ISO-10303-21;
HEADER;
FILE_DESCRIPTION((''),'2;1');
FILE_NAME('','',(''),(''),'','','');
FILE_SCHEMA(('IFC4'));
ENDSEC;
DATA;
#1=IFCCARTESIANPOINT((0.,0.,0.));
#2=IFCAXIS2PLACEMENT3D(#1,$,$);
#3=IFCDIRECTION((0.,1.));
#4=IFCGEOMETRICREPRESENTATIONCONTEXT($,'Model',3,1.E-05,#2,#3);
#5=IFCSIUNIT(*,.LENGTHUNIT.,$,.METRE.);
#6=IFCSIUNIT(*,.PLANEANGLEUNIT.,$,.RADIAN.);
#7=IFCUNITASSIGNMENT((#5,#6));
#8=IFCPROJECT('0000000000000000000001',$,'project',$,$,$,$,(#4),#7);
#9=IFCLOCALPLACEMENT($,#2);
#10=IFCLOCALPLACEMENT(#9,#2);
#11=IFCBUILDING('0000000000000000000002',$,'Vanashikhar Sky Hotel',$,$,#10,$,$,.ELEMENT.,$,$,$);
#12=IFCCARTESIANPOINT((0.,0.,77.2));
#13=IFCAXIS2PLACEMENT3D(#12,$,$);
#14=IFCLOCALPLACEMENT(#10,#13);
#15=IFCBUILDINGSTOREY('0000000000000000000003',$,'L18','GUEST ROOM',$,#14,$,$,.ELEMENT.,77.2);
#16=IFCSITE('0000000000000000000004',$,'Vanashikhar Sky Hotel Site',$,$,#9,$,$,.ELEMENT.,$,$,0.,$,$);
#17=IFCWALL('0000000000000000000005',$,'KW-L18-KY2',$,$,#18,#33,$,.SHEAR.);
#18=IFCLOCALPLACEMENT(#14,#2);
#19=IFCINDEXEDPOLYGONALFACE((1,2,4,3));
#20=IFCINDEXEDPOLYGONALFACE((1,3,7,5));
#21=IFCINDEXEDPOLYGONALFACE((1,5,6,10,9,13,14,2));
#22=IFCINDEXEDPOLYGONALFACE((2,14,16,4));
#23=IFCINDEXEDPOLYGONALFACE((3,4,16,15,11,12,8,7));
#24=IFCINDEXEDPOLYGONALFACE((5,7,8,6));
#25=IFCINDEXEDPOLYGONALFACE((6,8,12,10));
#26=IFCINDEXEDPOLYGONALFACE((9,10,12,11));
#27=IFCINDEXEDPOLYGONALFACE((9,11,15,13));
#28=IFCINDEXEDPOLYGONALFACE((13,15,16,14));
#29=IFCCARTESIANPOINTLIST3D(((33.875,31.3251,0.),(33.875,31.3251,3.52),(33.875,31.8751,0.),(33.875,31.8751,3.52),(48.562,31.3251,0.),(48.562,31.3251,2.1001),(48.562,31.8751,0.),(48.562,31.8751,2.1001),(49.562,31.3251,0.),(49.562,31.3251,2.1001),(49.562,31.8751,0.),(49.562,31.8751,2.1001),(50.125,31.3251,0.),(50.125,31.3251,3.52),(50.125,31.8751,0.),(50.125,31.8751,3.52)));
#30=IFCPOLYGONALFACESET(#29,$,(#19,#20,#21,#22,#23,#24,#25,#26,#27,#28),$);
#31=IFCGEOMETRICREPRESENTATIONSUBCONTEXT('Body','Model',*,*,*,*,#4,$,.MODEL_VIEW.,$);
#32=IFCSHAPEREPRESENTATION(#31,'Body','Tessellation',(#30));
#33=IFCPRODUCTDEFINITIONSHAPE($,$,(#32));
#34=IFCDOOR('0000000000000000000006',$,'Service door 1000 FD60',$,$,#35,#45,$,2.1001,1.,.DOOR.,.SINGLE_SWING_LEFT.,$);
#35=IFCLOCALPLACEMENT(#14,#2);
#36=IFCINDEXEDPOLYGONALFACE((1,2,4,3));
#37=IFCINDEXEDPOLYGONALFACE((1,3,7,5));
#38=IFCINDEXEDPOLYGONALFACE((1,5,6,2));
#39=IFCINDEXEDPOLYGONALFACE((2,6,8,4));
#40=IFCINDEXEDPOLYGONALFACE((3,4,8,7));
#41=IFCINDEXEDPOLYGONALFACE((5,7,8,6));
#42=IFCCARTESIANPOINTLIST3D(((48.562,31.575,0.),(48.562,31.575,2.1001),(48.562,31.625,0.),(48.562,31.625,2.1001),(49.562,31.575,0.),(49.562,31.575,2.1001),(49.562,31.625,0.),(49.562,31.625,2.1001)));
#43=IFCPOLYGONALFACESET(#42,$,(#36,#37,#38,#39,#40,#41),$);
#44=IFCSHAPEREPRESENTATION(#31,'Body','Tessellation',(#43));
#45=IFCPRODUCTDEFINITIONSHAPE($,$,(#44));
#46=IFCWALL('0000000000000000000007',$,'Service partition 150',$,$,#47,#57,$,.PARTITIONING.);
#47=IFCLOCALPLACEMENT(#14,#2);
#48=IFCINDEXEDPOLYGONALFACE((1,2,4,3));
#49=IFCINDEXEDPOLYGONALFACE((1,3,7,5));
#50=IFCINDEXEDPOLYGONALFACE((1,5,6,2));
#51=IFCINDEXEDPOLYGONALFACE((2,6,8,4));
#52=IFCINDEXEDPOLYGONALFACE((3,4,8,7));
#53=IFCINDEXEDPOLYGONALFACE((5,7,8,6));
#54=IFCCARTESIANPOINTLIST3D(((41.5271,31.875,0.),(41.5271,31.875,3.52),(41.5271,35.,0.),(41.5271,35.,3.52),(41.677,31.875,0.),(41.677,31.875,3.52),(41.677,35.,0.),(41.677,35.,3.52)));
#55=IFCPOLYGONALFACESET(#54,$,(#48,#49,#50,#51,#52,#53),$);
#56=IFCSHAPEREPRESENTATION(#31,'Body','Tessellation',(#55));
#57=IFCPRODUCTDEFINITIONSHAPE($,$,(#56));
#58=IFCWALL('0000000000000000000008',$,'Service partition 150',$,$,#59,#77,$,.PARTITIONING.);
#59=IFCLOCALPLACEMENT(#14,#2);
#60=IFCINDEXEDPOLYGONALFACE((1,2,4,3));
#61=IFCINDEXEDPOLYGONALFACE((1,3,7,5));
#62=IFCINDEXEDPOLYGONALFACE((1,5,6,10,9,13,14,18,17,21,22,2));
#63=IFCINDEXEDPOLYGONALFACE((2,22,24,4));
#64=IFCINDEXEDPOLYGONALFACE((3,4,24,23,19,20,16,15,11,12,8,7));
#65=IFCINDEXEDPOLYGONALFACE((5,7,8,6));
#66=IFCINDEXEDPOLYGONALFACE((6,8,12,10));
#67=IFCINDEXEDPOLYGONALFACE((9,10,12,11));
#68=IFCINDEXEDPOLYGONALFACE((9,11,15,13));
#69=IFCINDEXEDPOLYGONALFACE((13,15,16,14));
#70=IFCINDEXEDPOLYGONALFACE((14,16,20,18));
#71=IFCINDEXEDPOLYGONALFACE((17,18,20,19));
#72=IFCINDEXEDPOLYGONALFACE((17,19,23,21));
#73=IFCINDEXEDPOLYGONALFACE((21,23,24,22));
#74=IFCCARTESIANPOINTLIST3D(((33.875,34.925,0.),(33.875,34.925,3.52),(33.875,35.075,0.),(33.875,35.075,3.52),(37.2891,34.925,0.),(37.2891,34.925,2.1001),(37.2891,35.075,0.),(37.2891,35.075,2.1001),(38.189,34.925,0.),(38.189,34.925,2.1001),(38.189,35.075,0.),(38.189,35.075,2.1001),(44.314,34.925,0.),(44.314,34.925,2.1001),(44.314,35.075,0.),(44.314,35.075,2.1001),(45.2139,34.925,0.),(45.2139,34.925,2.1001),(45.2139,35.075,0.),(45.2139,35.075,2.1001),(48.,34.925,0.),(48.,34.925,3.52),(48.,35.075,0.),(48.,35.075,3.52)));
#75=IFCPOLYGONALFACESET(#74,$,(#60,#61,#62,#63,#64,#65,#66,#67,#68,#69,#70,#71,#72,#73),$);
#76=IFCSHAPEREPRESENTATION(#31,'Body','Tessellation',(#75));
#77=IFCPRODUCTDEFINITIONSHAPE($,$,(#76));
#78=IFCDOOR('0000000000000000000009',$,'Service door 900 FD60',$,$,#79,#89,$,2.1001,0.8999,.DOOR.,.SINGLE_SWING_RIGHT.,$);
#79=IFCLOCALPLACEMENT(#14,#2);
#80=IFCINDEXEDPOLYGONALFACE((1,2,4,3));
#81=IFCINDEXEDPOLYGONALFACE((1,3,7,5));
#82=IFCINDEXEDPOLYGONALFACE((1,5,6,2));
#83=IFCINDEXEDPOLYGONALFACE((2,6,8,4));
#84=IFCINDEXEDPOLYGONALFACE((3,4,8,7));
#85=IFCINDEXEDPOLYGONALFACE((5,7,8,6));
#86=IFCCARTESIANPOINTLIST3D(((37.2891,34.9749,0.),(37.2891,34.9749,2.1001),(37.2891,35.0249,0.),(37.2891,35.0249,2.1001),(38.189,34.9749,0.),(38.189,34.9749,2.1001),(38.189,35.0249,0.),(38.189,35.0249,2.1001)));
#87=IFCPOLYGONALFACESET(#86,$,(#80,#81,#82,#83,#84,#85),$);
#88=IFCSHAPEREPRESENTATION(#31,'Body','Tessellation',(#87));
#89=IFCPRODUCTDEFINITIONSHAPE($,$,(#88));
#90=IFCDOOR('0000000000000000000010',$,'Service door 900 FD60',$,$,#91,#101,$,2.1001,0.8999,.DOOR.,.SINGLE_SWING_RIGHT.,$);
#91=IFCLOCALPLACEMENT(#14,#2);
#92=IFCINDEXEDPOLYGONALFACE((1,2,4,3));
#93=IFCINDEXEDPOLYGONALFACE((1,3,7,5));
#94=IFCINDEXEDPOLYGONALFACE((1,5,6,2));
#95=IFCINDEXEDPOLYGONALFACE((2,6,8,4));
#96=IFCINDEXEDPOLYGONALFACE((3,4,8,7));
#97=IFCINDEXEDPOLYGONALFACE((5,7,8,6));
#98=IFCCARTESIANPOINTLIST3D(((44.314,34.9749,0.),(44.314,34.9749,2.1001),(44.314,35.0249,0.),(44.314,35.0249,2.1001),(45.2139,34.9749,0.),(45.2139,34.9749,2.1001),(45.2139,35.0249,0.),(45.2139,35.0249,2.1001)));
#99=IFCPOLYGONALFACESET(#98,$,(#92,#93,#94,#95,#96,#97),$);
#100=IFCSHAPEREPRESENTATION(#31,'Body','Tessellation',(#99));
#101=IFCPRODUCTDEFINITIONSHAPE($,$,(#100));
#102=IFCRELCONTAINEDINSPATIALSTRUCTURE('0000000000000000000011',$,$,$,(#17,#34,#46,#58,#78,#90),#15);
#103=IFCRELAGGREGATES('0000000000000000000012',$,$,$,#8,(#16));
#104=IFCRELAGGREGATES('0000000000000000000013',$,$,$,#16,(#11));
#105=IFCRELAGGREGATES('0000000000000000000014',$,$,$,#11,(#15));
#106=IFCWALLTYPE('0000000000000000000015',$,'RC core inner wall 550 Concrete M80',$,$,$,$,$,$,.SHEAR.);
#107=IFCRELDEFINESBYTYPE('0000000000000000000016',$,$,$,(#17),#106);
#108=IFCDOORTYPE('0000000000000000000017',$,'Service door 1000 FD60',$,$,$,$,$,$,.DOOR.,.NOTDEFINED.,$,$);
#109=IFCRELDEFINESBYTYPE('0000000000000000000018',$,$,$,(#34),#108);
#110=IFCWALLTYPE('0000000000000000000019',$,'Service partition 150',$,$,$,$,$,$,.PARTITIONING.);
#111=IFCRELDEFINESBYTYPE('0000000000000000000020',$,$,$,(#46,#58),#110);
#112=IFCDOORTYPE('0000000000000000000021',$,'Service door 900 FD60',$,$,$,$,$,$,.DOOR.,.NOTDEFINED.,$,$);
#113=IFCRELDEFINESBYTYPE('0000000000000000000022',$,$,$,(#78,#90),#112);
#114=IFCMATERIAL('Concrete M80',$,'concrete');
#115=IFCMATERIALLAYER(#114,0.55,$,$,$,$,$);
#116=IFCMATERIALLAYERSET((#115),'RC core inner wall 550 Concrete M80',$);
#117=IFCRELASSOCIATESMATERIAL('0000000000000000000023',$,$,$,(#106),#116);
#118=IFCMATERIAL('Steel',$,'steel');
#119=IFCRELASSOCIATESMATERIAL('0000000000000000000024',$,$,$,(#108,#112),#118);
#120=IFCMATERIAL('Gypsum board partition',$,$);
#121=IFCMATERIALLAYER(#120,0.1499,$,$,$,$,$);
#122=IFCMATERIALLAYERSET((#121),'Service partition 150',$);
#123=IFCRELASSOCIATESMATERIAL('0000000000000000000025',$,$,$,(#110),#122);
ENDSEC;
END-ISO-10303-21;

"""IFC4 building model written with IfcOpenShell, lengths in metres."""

from ifc_helpers import new_model, si_unit, direction, frame, frame_2d, origin, place, context, subcontext, project, spatial, rectangle, extrude, source, transform, mapped, material, layer, layer_set, type_object, element, fill, save


model = new_model("IFC4")

# Units and contexts
model_context = context("Model", 3, precision=1e-05, world=origin(), true_north=direction((0.0, 1.0)))
body_context = subcontext(model_context, "Body", "Model", "MODEL_VIEW")
ifc_project = project(units=[si_unit("LENGTHUNIT", "METRE"), si_unit("PLANEANGLEUNIT", "RADIAN")], contexts=[model_context])

# Site, building, storey
site_placement = place(None, origin())
site = spatial("IfcSite", under=ifc_project, at=site_placement, Name="Vanashikhar Sky Hotel Site", CompositionType="ELEMENT", RefElevation=0.0)
building_placement = place(site_placement, origin())
building = spatial("IfcBuilding", under=site, at=building_placement, Name="Vanashikhar Sky Hotel", CompositionType="ELEMENT")
storey_placement = place(building_placement, frame((0.0, 0.0, 77.2)))
storey = spatial("IfcBuildingStorey", under=building, at=storey_placement, Name="L18", Description="GUEST ROOM", CompositionType="ELEMENT", Elevation=77.2)

# Wall, opening, door
ifc_material_1 = material(Name="Concrete M80", Category="concrete")
ifc_layer_1 = layer(ifc_material_1, 0.55)
ifc_layer_set_1 = layer_set([ifc_layer_1], Name="RC core inner wall 550 Concrete M80")
wall_type_1 = type_object("IfcWallType", Name="RC core inner wall 550 Concrete M80", PredefinedType="SHEAR", material=ifc_layer_set_1)
shared_shape_1 = source(origin(), body_context, "Body", "SweptSolid", [
    extrude(rectangle(XDim=16.25, YDim=0.55, at=frame_2d((8.125, 0.0))), origin(), (0.0, 0.0, 1.0), 3.52),
])
wall_1_placement = place(storey_placement, frame((33.875, 31.6001, 0.0), z_axis=(0.0, 0.0, 1.0), x_axis=(1.0, 0.0, 0.0)))
wall_1 = element("IfcWall", 1, at=wall_1_placement, inside=storey, type_object=wall_type_1, Name="KW-L18-KY2", PredefinedType="SHEAR", context=body_context, shape_type="MappedRepresentation", body=[
    mapped(shared_shape_1, transform((0.0, 0.0, 0.0), scale=1.0)),
])
shared_shape_2 = source(origin(), body_context, "Body", "SweptSolid", [
    extrude(rectangle(XDim=1.0, YDim=2.1001, at=frame_2d((0.5, 1.05))), frame((0.0, 0.2852, 0.0), z_axis=(0.0, -1.0, 0.0), x_axis=(1.0, 0.0, 0.0)), (0.0, 0.0, 1.0), 0.5701),
])
opening_1_placement = place(wall_1_placement, frame((14.687, 0.0, 0.0)))
opening_1 = element("IfcOpeningElement", 2, at=opening_1_placement, cuts=wall_1, PredefinedType="OPENING", context=body_context, shape_type="MappedRepresentation", body=[
    mapped(shared_shape_2, transform((0.0, 0.0, 0.0), scale=1.0)),
])
ifc_material_2 = material(Name="Steel", Category="steel")
door_type_1 = type_object("IfcDoorType", Name="Service door 1000 FD60", OperationType="NOTDEFINED", PredefinedType="DOOR", material=ifc_material_2)
shared_shape_3 = source(origin(), body_context, "Body", "SweptSolid", [
    extrude(rectangle(XDim=1.0, YDim=2.1001, at=frame_2d((0.5, 1.05))), frame((0.0, 0.0249, 0.0), z_axis=(0.0, -1.0, 0.0), x_axis=(1.0, 0.0, 0.0)), (0.0, 0.0, 1.0), 0.05),
])
door_1_placement = place(opening_1_placement, origin())
door_1 = element("IfcDoor", 3, at=door_1_placement, inside=storey, type_object=door_type_1, Name="Service door 1000 FD60", OperationType="SINGLE_SWING_LEFT", OverallHeight=2.1001, OverallWidth=1.0, PredefinedType="DOOR", context=body_context, shape_type="MappedRepresentation", body=[
    mapped(shared_shape_3, transform((0.0, 0.0, 0.0), scale=1.0)),
])
fill(opening_1, door_1)

# Wall
ifc_material_3 = material(Name="Gypsum board partition")
ifc_layer_2 = layer(ifc_material_3, 0.1499)
ifc_layer_set_2 = layer_set([ifc_layer_2], Name="Service partition 150")
wall_type_2 = type_object("IfcWallType", Name="Service partition 150", PredefinedType="PARTITIONING", material=ifc_layer_set_2)
shared_shape_4 = source(origin(), body_context, "Body", "SweptSolid", [
    extrude(rectangle(XDim=3.125, YDim=0.1499, at=frame_2d((1.5625, 0.0))), origin(), (0.0, 0.0, 1.0), 3.52),
])
wall_2_placement = place(storey_placement, frame((41.6021, 31.875, 0.0), z_axis=(0.0, 0.0, 1.0), x_axis=(0.0, 1.0, 0.0)))
element("IfcWall", 4, at=wall_2_placement, inside=storey, type_object=wall_type_2, Name="Service partition 150", PredefinedType="PARTITIONING", context=body_context, shape_type="MappedRepresentation", body=[
    mapped(shared_shape_4, transform((0.0, 0.0, 0.0), scale=1.0)),
])

# Wall, openings, doors
shared_shape_5 = source(origin(), body_context, "Body", "SweptSolid", [
    extrude(rectangle(XDim=14.125, YDim=0.1499, at=frame_2d((7.0625, 0.0))), origin(), (0.0, 0.0, 1.0), 3.52),
])
wall_3_placement = place(storey_placement, frame((33.875, 35.0, 0.0), z_axis=(0.0, 0.0, 1.0), x_axis=(1.0, 0.0, 0.0)))
wall_3 = element("IfcWall", 5, at=wall_3_placement, inside=storey, type_object=wall_type_2, Name="Service partition 150", PredefinedType="PARTITIONING", context=body_context, shape_type="MappedRepresentation", body=[
    mapped(shared_shape_5, transform((0.0, 0.0, 0.0), scale=1.0)),
])
shared_shape_6 = source(origin(), body_context, "Body", "SweptSolid", [
    extrude(rectangle(XDim=0.8999, YDim=2.1001, at=frame_2d((0.45, 1.05))), frame((0.0, 0.085, 0.0), z_axis=(0.0, -1.0, 0.0), x_axis=(1.0, 0.0, 0.0)), (0.0, 0.0, 1.0), 0.1699),
])
opening_2_placement = place(wall_3_placement, frame((3.4141, 0.0, 0.0)))
opening_2 = element("IfcOpeningElement", 6, at=opening_2_placement, cuts=wall_3, PredefinedType="OPENING", context=body_context, shape_type="MappedRepresentation", body=[
    mapped(shared_shape_6, transform((0.0, 0.0, 0.0), scale=1.0)),
])
opening_3_placement = place(wall_3_placement, frame((10.439, 0.0, 0.0)))
opening_3 = element("IfcOpeningElement", 7, at=opening_3_placement, cuts=wall_3, PredefinedType="OPENING", context=body_context, shape_type="MappedRepresentation", body=[
    mapped(shared_shape_6, transform((0.0, 0.0, 0.0), scale=1.0)),
])
door_type_2 = type_object("IfcDoorType", Name="Service door 900 FD60", OperationType="NOTDEFINED", PredefinedType="DOOR", material=ifc_material_2)
shared_shape_7 = source(origin(), body_context, "Body", "SweptSolid", [
    extrude(rectangle(XDim=0.8999, YDim=2.1001, at=frame_2d((0.45, 1.05))), frame((0.0, 0.0249, 0.0), z_axis=(0.0, -1.0, 0.0), x_axis=(1.0, 0.0, 0.0)), (0.0, 0.0, 1.0), 0.05),
])
door_2_placement = place(opening_2_placement, origin())
door_2 = element("IfcDoor", 8, at=door_2_placement, inside=storey, type_object=door_type_2, Name="Service door 900 FD60", OperationType="SINGLE_SWING_RIGHT", OverallHeight=2.1001, OverallWidth=0.8999, PredefinedType="DOOR", context=body_context, shape_type="MappedRepresentation", body=[
    mapped(shared_shape_7, transform((0.0, 0.0, 0.0), scale=1.0)),
])
fill(opening_2, door_2)
door_3_placement = place(opening_3_placement, origin())
door_3 = element("IfcDoor", 9, at=door_3_placement, inside=storey, type_object=door_type_2, Name="Service door 900 FD60", OperationType="SINGLE_SWING_RIGHT", OverallHeight=2.1001, OverallWidth=0.8999, PredefinedType="DOOR", context=body_context, shape_type="MappedRepresentation", body=[
    mapped(shared_shape_7, transform((0.0, 0.0, 0.0), scale=1.0)),
])
fill(opening_3, door_3)

save(model, "model.ifc")
